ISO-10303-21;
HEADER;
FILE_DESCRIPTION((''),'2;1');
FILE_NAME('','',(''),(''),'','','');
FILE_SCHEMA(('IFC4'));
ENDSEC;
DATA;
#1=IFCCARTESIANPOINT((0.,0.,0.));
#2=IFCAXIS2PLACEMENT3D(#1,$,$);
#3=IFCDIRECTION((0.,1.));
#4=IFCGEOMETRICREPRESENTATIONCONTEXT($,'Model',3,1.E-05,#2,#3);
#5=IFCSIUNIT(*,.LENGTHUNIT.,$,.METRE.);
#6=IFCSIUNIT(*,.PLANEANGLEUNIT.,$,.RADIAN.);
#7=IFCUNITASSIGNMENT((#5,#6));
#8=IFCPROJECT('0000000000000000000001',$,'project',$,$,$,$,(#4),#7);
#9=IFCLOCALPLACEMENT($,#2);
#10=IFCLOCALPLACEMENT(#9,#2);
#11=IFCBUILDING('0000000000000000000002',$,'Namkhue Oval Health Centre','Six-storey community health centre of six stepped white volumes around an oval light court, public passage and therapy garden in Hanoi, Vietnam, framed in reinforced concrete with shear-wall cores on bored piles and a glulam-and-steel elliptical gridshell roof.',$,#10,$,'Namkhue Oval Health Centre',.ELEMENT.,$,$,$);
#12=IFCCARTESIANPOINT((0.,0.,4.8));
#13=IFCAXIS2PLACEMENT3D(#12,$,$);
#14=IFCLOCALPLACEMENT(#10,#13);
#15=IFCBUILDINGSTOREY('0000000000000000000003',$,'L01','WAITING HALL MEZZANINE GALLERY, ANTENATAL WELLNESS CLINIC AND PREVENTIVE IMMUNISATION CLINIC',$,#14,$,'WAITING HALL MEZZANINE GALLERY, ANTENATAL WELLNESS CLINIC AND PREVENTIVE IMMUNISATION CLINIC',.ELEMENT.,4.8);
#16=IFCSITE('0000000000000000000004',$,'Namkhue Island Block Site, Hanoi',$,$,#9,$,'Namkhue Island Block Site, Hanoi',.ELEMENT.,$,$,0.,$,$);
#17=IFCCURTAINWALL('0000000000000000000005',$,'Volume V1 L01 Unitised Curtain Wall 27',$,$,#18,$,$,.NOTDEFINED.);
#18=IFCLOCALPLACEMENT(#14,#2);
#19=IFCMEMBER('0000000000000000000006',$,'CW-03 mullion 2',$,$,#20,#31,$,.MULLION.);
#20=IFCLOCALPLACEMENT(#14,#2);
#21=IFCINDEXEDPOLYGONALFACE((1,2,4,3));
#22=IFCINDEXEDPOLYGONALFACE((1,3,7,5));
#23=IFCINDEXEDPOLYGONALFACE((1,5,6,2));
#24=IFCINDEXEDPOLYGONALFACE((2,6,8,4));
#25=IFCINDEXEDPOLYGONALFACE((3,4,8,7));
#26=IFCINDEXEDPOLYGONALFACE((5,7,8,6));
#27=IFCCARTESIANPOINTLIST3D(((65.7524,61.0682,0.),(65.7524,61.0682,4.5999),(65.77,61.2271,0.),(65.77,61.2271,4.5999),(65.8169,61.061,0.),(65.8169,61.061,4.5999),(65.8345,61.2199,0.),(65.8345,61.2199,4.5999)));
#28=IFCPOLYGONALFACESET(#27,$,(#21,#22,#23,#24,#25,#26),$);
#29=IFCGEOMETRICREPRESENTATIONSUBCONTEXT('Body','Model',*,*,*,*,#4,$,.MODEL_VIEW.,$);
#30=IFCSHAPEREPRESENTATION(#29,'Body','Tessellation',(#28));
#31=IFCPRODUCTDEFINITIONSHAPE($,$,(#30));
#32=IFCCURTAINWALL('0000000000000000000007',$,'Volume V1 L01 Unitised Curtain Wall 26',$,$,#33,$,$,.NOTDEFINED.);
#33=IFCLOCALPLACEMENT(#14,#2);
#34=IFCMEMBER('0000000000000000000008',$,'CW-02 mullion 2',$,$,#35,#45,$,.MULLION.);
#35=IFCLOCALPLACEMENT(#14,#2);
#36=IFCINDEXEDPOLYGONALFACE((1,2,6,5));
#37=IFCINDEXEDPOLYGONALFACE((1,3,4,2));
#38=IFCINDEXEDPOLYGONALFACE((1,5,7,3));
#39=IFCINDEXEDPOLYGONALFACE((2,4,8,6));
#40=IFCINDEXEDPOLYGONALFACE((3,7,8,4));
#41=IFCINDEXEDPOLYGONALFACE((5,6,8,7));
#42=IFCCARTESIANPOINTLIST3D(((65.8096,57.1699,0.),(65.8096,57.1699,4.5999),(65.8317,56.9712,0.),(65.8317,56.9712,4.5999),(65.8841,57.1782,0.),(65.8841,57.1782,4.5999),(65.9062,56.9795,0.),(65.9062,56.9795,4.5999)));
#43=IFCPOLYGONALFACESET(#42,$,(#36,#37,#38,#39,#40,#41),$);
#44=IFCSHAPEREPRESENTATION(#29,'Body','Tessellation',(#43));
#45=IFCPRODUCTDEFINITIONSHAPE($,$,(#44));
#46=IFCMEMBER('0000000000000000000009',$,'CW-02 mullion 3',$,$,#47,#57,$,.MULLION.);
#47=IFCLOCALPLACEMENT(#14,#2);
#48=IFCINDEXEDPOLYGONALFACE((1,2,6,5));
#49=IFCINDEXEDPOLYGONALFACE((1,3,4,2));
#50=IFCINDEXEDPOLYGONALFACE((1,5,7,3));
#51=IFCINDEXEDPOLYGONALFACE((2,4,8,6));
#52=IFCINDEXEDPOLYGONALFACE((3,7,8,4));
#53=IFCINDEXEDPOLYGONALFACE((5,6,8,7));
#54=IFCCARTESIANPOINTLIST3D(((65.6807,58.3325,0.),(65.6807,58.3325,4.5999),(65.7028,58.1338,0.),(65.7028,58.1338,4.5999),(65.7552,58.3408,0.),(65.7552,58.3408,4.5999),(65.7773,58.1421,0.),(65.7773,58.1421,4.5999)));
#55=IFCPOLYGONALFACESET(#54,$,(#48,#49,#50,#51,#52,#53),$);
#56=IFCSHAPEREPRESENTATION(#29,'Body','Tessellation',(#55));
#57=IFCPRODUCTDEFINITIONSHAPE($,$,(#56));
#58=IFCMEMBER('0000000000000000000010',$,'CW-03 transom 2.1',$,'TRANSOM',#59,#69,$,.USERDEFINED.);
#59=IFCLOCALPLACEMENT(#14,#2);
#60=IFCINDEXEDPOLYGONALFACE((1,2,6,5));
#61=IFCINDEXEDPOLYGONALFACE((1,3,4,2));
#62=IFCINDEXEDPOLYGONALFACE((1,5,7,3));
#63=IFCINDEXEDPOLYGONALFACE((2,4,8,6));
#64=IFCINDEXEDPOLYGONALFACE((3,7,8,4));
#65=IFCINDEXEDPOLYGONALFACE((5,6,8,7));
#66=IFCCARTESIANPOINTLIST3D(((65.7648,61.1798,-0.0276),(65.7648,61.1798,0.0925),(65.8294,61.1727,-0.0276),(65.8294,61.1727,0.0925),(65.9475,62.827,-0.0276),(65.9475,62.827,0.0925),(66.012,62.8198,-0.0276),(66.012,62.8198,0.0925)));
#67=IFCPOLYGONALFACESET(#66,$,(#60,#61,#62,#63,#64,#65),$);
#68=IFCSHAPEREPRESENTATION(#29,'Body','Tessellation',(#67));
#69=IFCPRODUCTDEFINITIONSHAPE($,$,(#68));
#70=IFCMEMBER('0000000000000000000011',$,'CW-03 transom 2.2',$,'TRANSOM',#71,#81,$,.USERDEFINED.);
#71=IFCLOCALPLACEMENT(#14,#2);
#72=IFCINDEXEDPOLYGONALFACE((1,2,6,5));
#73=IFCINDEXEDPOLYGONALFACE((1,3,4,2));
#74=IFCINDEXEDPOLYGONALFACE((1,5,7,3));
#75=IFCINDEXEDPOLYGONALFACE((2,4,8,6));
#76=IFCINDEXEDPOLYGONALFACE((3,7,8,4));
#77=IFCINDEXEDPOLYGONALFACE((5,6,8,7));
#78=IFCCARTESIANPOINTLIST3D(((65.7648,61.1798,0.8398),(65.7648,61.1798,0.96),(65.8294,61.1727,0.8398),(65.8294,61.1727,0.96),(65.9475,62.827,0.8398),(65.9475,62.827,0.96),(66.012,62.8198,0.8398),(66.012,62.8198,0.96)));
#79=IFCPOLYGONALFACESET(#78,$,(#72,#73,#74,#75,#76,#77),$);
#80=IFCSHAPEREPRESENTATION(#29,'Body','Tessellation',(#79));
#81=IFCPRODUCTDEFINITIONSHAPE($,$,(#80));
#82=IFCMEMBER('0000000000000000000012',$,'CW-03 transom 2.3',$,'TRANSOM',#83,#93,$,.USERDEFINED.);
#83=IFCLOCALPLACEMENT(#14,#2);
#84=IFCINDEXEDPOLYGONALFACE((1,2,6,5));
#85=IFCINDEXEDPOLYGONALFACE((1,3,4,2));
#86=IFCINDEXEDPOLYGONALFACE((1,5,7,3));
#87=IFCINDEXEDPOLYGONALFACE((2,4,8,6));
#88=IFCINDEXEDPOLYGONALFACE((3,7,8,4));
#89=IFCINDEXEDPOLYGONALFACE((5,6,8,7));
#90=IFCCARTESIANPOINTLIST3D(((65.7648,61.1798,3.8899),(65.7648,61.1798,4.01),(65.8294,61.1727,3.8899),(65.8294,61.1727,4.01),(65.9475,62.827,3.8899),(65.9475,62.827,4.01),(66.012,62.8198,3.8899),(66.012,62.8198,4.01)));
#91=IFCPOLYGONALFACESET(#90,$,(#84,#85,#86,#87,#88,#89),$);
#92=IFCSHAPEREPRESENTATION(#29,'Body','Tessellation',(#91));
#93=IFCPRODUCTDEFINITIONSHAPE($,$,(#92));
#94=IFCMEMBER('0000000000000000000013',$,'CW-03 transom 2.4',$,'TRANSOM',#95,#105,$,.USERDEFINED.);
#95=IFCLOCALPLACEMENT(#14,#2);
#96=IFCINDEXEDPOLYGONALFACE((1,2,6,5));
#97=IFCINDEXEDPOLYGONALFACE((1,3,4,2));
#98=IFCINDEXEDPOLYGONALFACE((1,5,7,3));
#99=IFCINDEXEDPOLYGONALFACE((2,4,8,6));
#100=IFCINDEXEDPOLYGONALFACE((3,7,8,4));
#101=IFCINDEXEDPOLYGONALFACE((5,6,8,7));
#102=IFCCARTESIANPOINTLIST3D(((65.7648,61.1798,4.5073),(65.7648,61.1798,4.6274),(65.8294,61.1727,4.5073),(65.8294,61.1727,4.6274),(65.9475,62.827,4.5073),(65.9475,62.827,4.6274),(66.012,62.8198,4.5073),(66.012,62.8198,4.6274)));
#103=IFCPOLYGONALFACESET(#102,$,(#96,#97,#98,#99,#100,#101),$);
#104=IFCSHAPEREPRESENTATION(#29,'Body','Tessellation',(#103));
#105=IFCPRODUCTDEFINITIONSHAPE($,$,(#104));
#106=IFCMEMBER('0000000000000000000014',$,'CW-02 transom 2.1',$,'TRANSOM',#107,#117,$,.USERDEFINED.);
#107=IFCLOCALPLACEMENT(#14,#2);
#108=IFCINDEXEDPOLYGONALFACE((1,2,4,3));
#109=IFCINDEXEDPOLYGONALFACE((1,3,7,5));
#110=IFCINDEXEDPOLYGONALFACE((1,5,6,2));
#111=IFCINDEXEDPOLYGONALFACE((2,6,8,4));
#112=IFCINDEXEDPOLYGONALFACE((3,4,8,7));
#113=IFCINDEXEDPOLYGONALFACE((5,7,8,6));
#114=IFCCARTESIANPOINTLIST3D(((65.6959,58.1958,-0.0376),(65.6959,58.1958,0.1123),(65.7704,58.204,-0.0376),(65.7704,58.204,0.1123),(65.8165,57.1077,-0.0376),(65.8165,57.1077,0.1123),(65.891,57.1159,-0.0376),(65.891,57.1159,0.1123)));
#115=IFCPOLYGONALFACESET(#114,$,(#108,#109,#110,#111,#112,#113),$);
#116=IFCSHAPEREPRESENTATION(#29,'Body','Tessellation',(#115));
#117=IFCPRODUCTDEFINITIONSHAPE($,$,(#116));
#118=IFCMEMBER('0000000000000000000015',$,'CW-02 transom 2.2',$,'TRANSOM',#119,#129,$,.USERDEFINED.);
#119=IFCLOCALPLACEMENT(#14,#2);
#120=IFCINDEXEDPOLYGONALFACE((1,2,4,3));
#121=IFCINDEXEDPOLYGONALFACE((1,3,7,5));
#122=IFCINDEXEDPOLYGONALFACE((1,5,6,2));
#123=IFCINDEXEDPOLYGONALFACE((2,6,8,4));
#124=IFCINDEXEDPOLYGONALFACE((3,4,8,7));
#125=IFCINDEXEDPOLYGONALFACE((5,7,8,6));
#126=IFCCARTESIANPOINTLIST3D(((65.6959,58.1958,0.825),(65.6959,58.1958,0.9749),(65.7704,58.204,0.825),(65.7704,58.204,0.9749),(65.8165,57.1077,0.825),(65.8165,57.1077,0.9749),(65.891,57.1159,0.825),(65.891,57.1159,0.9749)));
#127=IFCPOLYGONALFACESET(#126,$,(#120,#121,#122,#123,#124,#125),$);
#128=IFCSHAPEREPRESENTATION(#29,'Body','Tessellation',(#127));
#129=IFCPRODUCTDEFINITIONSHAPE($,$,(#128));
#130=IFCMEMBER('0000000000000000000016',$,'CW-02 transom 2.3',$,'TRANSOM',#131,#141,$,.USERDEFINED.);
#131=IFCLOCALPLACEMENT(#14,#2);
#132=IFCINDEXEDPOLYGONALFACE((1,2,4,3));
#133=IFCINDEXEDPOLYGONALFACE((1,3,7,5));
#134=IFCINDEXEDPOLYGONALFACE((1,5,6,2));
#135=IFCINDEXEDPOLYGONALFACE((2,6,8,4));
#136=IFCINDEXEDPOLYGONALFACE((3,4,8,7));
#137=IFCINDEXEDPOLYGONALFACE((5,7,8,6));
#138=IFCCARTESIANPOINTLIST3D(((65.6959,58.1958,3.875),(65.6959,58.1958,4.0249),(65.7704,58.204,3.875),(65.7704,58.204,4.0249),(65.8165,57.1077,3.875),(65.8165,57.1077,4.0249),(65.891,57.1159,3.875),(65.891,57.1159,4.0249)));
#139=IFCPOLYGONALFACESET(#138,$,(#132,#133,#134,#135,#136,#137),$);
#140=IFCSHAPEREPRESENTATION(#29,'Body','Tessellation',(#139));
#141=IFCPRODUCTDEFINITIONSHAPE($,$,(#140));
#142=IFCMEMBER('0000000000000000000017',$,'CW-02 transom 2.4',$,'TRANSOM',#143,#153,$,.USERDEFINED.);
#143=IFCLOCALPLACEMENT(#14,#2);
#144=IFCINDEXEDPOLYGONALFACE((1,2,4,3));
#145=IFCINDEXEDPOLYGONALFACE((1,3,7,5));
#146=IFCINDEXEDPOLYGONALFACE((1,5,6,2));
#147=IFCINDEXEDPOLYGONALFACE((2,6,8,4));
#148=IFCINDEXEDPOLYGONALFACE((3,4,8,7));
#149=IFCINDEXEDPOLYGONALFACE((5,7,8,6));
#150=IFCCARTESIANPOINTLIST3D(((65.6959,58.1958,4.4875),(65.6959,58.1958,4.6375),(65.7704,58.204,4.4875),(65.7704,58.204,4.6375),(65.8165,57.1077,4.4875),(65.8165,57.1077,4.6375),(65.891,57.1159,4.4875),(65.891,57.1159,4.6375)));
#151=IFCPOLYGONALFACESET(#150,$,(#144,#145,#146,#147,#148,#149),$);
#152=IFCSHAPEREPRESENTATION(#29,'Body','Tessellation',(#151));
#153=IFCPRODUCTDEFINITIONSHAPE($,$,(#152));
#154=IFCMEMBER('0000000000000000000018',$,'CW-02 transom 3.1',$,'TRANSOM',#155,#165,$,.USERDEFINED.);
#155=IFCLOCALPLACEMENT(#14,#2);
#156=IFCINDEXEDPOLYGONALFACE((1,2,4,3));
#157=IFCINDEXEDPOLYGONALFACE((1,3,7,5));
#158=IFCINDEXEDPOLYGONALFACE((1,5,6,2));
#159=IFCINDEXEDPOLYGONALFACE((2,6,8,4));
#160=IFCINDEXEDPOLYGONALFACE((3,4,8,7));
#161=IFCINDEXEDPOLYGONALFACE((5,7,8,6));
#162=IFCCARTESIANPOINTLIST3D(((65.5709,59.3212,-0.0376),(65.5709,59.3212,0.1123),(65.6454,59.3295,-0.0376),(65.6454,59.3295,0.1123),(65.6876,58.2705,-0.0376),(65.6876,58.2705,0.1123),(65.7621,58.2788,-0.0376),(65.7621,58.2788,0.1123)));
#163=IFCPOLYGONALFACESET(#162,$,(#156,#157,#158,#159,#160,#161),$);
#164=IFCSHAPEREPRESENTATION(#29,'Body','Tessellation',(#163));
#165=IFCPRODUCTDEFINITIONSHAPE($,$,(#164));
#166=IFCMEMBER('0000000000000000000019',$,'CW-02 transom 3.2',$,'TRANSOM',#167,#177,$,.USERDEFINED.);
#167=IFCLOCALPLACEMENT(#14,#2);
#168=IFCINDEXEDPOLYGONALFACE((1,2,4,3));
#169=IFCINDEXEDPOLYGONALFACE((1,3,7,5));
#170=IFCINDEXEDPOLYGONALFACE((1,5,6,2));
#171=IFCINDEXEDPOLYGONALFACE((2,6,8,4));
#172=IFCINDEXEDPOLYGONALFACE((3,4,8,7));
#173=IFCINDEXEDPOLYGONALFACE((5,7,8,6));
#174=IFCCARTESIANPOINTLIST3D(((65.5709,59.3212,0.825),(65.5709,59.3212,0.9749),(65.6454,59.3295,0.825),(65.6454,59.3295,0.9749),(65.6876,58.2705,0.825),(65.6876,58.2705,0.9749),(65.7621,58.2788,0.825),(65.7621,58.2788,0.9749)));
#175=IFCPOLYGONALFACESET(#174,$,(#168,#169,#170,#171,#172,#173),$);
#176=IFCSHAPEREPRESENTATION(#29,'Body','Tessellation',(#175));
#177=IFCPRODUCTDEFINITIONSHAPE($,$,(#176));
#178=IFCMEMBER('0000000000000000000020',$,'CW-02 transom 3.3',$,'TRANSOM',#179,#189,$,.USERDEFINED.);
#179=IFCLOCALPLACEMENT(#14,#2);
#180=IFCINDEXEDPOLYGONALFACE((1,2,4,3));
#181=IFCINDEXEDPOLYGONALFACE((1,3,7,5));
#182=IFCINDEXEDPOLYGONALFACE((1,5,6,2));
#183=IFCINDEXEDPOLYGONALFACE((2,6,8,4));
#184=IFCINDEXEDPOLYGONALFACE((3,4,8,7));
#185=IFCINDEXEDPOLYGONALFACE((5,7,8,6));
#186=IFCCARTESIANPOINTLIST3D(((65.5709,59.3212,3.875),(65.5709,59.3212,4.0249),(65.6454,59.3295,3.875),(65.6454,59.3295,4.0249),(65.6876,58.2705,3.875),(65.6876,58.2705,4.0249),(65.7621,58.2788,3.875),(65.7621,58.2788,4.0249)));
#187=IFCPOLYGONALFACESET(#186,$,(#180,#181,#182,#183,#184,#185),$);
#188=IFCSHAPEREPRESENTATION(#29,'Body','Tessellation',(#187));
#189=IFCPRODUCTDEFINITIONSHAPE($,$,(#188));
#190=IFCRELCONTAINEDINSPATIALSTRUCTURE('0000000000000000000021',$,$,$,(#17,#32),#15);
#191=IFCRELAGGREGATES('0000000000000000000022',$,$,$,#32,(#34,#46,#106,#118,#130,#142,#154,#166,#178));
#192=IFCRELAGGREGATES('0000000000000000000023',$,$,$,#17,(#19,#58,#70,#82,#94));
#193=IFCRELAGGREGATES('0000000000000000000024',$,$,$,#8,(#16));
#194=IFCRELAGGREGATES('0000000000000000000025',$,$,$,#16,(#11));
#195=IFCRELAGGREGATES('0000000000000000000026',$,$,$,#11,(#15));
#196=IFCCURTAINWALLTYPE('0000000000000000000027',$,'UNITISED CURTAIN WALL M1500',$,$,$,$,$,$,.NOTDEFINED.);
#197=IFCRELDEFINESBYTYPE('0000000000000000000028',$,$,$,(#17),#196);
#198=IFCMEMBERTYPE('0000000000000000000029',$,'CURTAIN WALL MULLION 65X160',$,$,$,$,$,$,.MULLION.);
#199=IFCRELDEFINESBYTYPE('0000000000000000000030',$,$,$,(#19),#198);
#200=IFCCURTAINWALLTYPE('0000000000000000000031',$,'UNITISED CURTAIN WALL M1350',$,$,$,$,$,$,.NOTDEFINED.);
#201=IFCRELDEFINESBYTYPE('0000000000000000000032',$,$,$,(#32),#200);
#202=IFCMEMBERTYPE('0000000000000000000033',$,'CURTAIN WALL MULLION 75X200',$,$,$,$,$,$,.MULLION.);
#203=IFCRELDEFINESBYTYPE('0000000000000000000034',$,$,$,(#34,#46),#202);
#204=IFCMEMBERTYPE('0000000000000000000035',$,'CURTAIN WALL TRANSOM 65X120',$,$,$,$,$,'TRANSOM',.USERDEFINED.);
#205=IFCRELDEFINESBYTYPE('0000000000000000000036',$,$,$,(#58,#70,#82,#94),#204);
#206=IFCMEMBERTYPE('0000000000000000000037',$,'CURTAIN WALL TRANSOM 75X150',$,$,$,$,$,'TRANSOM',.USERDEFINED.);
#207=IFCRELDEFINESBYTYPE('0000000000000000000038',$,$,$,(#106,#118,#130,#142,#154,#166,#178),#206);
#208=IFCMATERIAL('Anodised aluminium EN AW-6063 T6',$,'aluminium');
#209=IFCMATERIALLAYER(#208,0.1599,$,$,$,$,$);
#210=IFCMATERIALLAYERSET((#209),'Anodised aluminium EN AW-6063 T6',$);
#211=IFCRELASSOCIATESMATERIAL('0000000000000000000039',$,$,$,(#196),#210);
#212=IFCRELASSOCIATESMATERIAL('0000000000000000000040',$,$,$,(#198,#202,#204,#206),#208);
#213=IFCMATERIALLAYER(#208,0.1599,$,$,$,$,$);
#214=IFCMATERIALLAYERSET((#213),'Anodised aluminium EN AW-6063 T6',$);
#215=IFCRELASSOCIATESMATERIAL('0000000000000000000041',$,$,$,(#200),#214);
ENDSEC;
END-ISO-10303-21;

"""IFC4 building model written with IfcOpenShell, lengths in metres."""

from ifc_helpers import new_model, si_unit, direction, frame, origin, origin_2d, place, context, subcontext, project, spatial, rectangle, extrude, material, layer, layer_set, material_profile, profile_set, type_object, element, aggregate, save


model = new_model("IFC4")

# Units and contexts
model_context = context("Model", 3, precision=1e-05, world=origin(), true_north=direction((0.0, 1.0)))
body_context = subcontext(model_context, "Body", "Model", "MODEL_VIEW")
ifc_project = project(units=[si_unit("LENGTHUNIT", "METRE"), si_unit("PLANEANGLEUNIT", "RADIAN")], contexts=[model_context])

# Site, building, storey
site_placement = place(None, origin())
site = spatial("IfcSite", under=ifc_project, at=site_placement, Name="Namkhue Island Block Site, Hanoi", LongName="Namkhue Island Block Site, Hanoi", CompositionType="ELEMENT", RefElevation=0.0)
building_placement = place(site_placement, origin())
building = spatial("IfcBuilding", under=site, at=building_placement, Name="Namkhue Oval Health Centre", Description="Six-storey community health centre of six stepped white volumes around an oval light court, public passage and therapy garden in Hanoi, Vietnam, framed in reinforced concrete with shear-wall cores on bored piles and a glulam-and-steel elliptical gridshell roof.", LongName="Namkhue Oval Health Centre", CompositionType="ELEMENT")
storey_placement = place(building_placement, frame((0.0, 0.0, 4.8)))
storey = spatial("IfcBuildingStorey", under=building, at=storey_placement, Name="L01", Description="WAITING HALL MEZZANINE GALLERY, ANTENATAL WELLNESS CLINIC AND PREVENTIVE IMMUNISATION CLINIC", LongName="WAITING HALL MEZZANINE GALLERY, ANTENATAL WELLNESS CLINIC AND PREVENTIVE IMMUNISATION CLINIC", CompositionType="ELEMENT", Elevation=4.8)

# Curtain wall, member
ifc_material_1 = material(Name="Anodised aluminium EN AW-6063 T6", Category="aluminium")
ifc_layer_1 = layer(ifc_material_1, 0.1599)
ifc_layer_set_1 = layer_set([ifc_layer_1], Name="Anodised aluminium EN AW-6063 T6")
curtain_wall_type_1 = type_object("IfcCurtainWallType", Name="UNITISED CURTAIN WALL M1500", PredefinedType="NOTDEFINED", material=ifc_layer_set_1)
curtain_wall_1_placement = place(storey_placement, origin())
curtain_wall_1 = element("IfcCurtainWall", 1, at=curtain_wall_1_placement, inside=storey, type_object=curtain_wall_type_1, Name="Volume V1 L01 Unitised Curtain Wall 27", PredefinedType="NOTDEFINED")
ifc_material_profile_1 = material_profile(ifc_material_1, rectangle(XDim=0.0649, YDim=0.1599, at=origin_2d()), Name="ALU 65x160")
ifc_profile_set_1 = profile_set([ifc_material_profile_1], Name="Anodised aluminium EN AW-6063 T6")
member_type_1 = type_object("IfcMemberType", Name="CURTAIN WALL MULLION 65X160", PredefinedType="MULLION", material=ifc_profile_set_1)
member_1_placement = place(storey_placement, frame((65.7935, 61.144, 0.0), z_axis=(0.0, 0.0, 1.0), x_axis=(-0.993901, 0.110275, 0.0)))
member_1 = element("IfcMember", 2, at=member_1_placement, type_object=member_type_1, Name="CW-03 mullion 2", PredefinedType="MULLION", context=body_context, shape_type="SweptSolid", body=[
    extrude(rectangle(XDim=0.0649, YDim=0.1599, at=origin_2d()), origin(), (0.0, 0.0, 1.0), 4.5999),
])

# Curtain wall, members
ifc_layer_2 = layer(ifc_material_1, 0.1599)
ifc_layer_set_2 = layer_set([ifc_layer_2], Name="Anodised aluminium EN AW-6063 T6")
curtain_wall_type_2 = type_object("IfcCurtainWallType", Name="UNITISED CURTAIN WALL M1350", PredefinedType="NOTDEFINED", material=ifc_layer_set_2)
curtain_wall_2_placement = place(storey_placement, origin())
curtain_wall_2 = element("IfcCurtainWall", 3, at=curtain_wall_2_placement, inside=storey, type_object=curtain_wall_type_2, Name="Volume V1 L01 Unitised Curtain Wall 26", PredefinedType="NOTDEFINED")
ifc_material_profile_2 = material_profile(ifc_material_1, rectangle(XDim=0.075, YDim=0.2, at=origin_2d()), Name="ALU 75x200")
ifc_profile_set_2 = profile_set([ifc_material_profile_2], Name="Anodised aluminium EN AW-6063 T6")
member_type_2 = type_object("IfcMemberType", Name="CURTAIN WALL MULLION 75X200", PredefinedType="MULLION", material=ifc_profile_set_2)
member_2_placement = place(storey_placement, frame((65.8579, 57.0747, 0.0), z_axis=(0.0, 0.0, 1.0), x_axis=(-0.993901, -0.110275, 0.0)))
member_2 = element("IfcMember", 4, at=member_2_placement, type_object=member_type_2, Name="CW-02 mullion 2", PredefinedType="MULLION", context=body_context, shape_type="SweptSolid", body=[
    extrude(rectangle(XDim=0.075, YDim=0.2, at=origin_2d()), origin(), (0.0, 0.0, 1.0), 4.5999),
])
member_3_placement = place(storey_placement, frame((65.729, 58.2373, 0.0), z_axis=(0.0, 0.0, 1.0), x_axis=(-0.993901, -0.110275, 0.0)))
member_3 = element("IfcMember", 5, at=member_3_placement, type_object=member_type_2, Name="CW-02 mullion 3", PredefinedType="MULLION", context=body_context, shape_type="SweptSolid", body=[
    extrude(rectangle(XDim=0.075, YDim=0.2, at=origin_2d()), origin(), (0.0, 0.0, 1.0), 4.5999),
])

# Members
ifc_material_profile_3 = material_profile(ifc_material_1, rectangle(XDim=0.0649, YDim=0.1201, at=origin_2d()), Name="ALU 65x120")
ifc_profile_set_3 = profile_set([ifc_material_profile_3], Name="Anodised aluminium EN AW-6063 T6")
member_type_3 = type_object("IfcMemberType", Name="CURTAIN WALL TRANSOM 65X120", ElementType="TRANSOM", PredefinedType="USERDEFINED", material=ifc_profile_set_3)
member_4_placement = place(storey_placement, frame((65.7971, 61.1763, 0.0325), z_axis=(0.110189, 0.993911, 0.0), x_axis=(-0.993911, 0.110189, 0.0)))
member_4 = element("IfcMember", 6, at=member_4_placement, type_object=member_type_3, Name="CW-03 transom 2.1", ObjectType="TRANSOM", PredefinedType="USERDEFINED", context=body_context, shape_type="SweptSolid", body=[
    extrude(rectangle(XDim=0.0649, YDim=0.1201, at=origin_2d()), origin(), (0.0, 0.0, 1.0), 1.6572),
])
member_5_placement = place(storey_placement, frame((65.7971, 61.1763, 0.8999), z_axis=(0.110189, 0.993911, 0.0), x_axis=(-0.993911, 0.110189, 0.0)))
member_5 = element("IfcMember", 7, at=member_5_placement, type_object=member_type_3, Name="CW-03 transom 2.2", ObjectType="TRANSOM", PredefinedType="USERDEFINED", context=body_context, shape_type="SweptSolid", body=[
    extrude(rectangle(XDim=0.0649, YDim=0.1201, at=origin_2d()), origin(), (0.0, 0.0, 1.0), 1.6572),
])
member_6_placement = place(storey_placement, frame((65.7971, 61.1763, 3.95), z_axis=(0.110189, 0.993911, 0.0), x_axis=(-0.993911, 0.110189, 0.0)))
member_6 = element("IfcMember", 8, at=member_6_placement, type_object=member_type_3, Name="CW-03 transom 2.3", ObjectType="TRANSOM", PredefinedType="USERDEFINED", context=body_context, shape_type="SweptSolid", body=[
    extrude(rectangle(XDim=0.0649, YDim=0.1201, at=origin_2d()), origin(), (0.0, 0.0, 1.0), 1.6572),
])
member_7_placement = place(storey_placement, frame((65.7971, 61.1763, 4.5674), z_axis=(0.110189, 0.993911, 0.0), x_axis=(-0.993911, 0.110189, 0.0)))
member_7 = element("IfcMember", 9, at=member_7_placement, type_object=member_type_3, Name="CW-03 transom 2.4", ObjectType="TRANSOM", PredefinedType="USERDEFINED", context=body_context, shape_type="SweptSolid", body=[
    extrude(rectangle(XDim=0.0649, YDim=0.1201, at=origin_2d()), origin(), (0.0, 0.0, 1.0), 1.6572),
])
ifc_material_profile_4 = material_profile(ifc_material_1, rectangle(XDim=0.075, YDim=0.1499, at=origin_2d()), Name="ALU 75x150")
ifc_profile_set_4 = profile_set([ifc_material_profile_4], Name="Anodised aluminium EN AW-6063 T6")
member_type_4 = type_object("IfcMemberType", Name="CURTAIN WALL TRANSOM 75X150", ElementType="TRANSOM", PredefinedType="USERDEFINED", material=ifc_profile_set_4)
member_8_placement = place(storey_placement, frame((65.8538, 57.1118, 0.0374), z_axis=(-0.110162, 0.993914, 0.0), x_axis=(-0.993914, -0.110162, 0.0)))
member_8 = element("IfcMember", 10, at=member_8_placement, type_object=member_type_4, Name="CW-02 transom 2.1", ObjectType="TRANSOM", PredefinedType="USERDEFINED", context=body_context, shape_type="SweptSolid", body=[
    extrude(rectangle(XDim=0.075, YDim=0.1499, at=origin_2d()), origin(), (0.0, 0.0, 1.0), 1.0947),
])
member_9_placement = place(storey_placement, frame((65.8538, 57.1118, 0.8999), z_axis=(-0.110162, 0.993914, 0.0), x_axis=(-0.993914, -0.110162, 0.0)))
member_9 = element("IfcMember", 11, at=member_9_placement, type_object=member_type_4, Name="CW-02 transom 2.2", ObjectType="TRANSOM", PredefinedType="USERDEFINED", context=body_context, shape_type="SweptSolid", body=[
    extrude(rectangle(XDim=0.075, YDim=0.1499, at=origin_2d()), origin(), (0.0, 0.0, 1.0), 1.0947),
])
member_10_placement = place(storey_placement, frame((65.8538, 57.1118, 3.95), z_axis=(-0.110162, 0.993914, 0.0), x_axis=(-0.993914, -0.110162, 0.0)))
member_10 = element("IfcMember", 12, at=member_10_placement, type_object=member_type_4, Name="CW-02 transom 2.3", ObjectType="TRANSOM", PredefinedType="USERDEFINED", context=body_context, shape_type="SweptSolid", body=[
    extrude(rectangle(XDim=0.075, YDim=0.1499, at=origin_2d()), origin(), (0.0, 0.0, 1.0), 1.0947),
])
member_11_placement = place(storey_placement, frame((65.8538, 57.1118, 4.5625), z_axis=(-0.110162, 0.993914, 0.0), x_axis=(-0.993914, -0.110162, 0.0)))
member_11 = element("IfcMember", 13, at=member_11_placement, type_object=member_type_4, Name="CW-02 transom 2.4", ObjectType="TRANSOM", PredefinedType="USERDEFINED", context=body_context, shape_type="SweptSolid", body=[
    extrude(rectangle(XDim=0.075, YDim=0.1499, at=origin_2d()), origin(), (0.0, 0.0, 1.0), 1.0947),
])
member_12_placement = place(storey_placement, frame((65.7249, 58.2747, 0.0374), z_axis=(-0.110381, 0.993889, 0.0), x_axis=(-0.993889, -0.110381, 0.0)))
member_12 = element("IfcMember", 14, at=member_12_placement, type_object=member_type_4, Name="CW-02 transom 3.1", ObjectType="TRANSOM", PredefinedType="USERDEFINED", context=body_context, shape_type="SweptSolid", body=[
    extrude(rectangle(XDim=0.075, YDim=0.1499, at=origin_2d()), origin(), (0.0, 0.0, 1.0), 1.0571),
])
member_13_placement = place(storey_placement, frame((65.7249, 58.2747, 0.8999), z_axis=(-0.110381, 0.993889, 0.0), x_axis=(-0.993889, -0.110381, 0.0)))
member_13 = element("IfcMember", 15, at=member_13_placement, type_object=member_type_4, Name="CW-02 transom 3.2", ObjectType="TRANSOM", PredefinedType="USERDEFINED", context=body_context, shape_type="SweptSolid", body=[
    extrude(rectangle(XDim=0.075, YDim=0.1499, at=origin_2d()), origin(), (0.0, 0.0, 1.0), 1.0571),
])
member_14_placement = place(storey_placement, frame((65.7249, 58.2747, 3.95), z_axis=(-0.110381, 0.993889, 0.0), x_axis=(-0.993889, -0.110381, 0.0)))
member_14 = element("IfcMember", 16, at=member_14_placement, type_object=member_type_4, Name="CW-02 transom 3.3", ObjectType="TRANSOM", PredefinedType="USERDEFINED", context=body_context, shape_type="SweptSolid", body=[
    extrude(rectangle(XDim=0.075, YDim=0.1499, at=origin_2d()), origin(), (0.0, 0.0, 1.0), 1.0571),
])

aggregate(curtain_wall_2, [member_2, member_3, member_8, member_9, member_10, member_11, member_12, member_13, member_14])
aggregate(curtain_wall_1, [member_1, member_4, member_5, member_6, member_7])

save(model, "model.ifc")
